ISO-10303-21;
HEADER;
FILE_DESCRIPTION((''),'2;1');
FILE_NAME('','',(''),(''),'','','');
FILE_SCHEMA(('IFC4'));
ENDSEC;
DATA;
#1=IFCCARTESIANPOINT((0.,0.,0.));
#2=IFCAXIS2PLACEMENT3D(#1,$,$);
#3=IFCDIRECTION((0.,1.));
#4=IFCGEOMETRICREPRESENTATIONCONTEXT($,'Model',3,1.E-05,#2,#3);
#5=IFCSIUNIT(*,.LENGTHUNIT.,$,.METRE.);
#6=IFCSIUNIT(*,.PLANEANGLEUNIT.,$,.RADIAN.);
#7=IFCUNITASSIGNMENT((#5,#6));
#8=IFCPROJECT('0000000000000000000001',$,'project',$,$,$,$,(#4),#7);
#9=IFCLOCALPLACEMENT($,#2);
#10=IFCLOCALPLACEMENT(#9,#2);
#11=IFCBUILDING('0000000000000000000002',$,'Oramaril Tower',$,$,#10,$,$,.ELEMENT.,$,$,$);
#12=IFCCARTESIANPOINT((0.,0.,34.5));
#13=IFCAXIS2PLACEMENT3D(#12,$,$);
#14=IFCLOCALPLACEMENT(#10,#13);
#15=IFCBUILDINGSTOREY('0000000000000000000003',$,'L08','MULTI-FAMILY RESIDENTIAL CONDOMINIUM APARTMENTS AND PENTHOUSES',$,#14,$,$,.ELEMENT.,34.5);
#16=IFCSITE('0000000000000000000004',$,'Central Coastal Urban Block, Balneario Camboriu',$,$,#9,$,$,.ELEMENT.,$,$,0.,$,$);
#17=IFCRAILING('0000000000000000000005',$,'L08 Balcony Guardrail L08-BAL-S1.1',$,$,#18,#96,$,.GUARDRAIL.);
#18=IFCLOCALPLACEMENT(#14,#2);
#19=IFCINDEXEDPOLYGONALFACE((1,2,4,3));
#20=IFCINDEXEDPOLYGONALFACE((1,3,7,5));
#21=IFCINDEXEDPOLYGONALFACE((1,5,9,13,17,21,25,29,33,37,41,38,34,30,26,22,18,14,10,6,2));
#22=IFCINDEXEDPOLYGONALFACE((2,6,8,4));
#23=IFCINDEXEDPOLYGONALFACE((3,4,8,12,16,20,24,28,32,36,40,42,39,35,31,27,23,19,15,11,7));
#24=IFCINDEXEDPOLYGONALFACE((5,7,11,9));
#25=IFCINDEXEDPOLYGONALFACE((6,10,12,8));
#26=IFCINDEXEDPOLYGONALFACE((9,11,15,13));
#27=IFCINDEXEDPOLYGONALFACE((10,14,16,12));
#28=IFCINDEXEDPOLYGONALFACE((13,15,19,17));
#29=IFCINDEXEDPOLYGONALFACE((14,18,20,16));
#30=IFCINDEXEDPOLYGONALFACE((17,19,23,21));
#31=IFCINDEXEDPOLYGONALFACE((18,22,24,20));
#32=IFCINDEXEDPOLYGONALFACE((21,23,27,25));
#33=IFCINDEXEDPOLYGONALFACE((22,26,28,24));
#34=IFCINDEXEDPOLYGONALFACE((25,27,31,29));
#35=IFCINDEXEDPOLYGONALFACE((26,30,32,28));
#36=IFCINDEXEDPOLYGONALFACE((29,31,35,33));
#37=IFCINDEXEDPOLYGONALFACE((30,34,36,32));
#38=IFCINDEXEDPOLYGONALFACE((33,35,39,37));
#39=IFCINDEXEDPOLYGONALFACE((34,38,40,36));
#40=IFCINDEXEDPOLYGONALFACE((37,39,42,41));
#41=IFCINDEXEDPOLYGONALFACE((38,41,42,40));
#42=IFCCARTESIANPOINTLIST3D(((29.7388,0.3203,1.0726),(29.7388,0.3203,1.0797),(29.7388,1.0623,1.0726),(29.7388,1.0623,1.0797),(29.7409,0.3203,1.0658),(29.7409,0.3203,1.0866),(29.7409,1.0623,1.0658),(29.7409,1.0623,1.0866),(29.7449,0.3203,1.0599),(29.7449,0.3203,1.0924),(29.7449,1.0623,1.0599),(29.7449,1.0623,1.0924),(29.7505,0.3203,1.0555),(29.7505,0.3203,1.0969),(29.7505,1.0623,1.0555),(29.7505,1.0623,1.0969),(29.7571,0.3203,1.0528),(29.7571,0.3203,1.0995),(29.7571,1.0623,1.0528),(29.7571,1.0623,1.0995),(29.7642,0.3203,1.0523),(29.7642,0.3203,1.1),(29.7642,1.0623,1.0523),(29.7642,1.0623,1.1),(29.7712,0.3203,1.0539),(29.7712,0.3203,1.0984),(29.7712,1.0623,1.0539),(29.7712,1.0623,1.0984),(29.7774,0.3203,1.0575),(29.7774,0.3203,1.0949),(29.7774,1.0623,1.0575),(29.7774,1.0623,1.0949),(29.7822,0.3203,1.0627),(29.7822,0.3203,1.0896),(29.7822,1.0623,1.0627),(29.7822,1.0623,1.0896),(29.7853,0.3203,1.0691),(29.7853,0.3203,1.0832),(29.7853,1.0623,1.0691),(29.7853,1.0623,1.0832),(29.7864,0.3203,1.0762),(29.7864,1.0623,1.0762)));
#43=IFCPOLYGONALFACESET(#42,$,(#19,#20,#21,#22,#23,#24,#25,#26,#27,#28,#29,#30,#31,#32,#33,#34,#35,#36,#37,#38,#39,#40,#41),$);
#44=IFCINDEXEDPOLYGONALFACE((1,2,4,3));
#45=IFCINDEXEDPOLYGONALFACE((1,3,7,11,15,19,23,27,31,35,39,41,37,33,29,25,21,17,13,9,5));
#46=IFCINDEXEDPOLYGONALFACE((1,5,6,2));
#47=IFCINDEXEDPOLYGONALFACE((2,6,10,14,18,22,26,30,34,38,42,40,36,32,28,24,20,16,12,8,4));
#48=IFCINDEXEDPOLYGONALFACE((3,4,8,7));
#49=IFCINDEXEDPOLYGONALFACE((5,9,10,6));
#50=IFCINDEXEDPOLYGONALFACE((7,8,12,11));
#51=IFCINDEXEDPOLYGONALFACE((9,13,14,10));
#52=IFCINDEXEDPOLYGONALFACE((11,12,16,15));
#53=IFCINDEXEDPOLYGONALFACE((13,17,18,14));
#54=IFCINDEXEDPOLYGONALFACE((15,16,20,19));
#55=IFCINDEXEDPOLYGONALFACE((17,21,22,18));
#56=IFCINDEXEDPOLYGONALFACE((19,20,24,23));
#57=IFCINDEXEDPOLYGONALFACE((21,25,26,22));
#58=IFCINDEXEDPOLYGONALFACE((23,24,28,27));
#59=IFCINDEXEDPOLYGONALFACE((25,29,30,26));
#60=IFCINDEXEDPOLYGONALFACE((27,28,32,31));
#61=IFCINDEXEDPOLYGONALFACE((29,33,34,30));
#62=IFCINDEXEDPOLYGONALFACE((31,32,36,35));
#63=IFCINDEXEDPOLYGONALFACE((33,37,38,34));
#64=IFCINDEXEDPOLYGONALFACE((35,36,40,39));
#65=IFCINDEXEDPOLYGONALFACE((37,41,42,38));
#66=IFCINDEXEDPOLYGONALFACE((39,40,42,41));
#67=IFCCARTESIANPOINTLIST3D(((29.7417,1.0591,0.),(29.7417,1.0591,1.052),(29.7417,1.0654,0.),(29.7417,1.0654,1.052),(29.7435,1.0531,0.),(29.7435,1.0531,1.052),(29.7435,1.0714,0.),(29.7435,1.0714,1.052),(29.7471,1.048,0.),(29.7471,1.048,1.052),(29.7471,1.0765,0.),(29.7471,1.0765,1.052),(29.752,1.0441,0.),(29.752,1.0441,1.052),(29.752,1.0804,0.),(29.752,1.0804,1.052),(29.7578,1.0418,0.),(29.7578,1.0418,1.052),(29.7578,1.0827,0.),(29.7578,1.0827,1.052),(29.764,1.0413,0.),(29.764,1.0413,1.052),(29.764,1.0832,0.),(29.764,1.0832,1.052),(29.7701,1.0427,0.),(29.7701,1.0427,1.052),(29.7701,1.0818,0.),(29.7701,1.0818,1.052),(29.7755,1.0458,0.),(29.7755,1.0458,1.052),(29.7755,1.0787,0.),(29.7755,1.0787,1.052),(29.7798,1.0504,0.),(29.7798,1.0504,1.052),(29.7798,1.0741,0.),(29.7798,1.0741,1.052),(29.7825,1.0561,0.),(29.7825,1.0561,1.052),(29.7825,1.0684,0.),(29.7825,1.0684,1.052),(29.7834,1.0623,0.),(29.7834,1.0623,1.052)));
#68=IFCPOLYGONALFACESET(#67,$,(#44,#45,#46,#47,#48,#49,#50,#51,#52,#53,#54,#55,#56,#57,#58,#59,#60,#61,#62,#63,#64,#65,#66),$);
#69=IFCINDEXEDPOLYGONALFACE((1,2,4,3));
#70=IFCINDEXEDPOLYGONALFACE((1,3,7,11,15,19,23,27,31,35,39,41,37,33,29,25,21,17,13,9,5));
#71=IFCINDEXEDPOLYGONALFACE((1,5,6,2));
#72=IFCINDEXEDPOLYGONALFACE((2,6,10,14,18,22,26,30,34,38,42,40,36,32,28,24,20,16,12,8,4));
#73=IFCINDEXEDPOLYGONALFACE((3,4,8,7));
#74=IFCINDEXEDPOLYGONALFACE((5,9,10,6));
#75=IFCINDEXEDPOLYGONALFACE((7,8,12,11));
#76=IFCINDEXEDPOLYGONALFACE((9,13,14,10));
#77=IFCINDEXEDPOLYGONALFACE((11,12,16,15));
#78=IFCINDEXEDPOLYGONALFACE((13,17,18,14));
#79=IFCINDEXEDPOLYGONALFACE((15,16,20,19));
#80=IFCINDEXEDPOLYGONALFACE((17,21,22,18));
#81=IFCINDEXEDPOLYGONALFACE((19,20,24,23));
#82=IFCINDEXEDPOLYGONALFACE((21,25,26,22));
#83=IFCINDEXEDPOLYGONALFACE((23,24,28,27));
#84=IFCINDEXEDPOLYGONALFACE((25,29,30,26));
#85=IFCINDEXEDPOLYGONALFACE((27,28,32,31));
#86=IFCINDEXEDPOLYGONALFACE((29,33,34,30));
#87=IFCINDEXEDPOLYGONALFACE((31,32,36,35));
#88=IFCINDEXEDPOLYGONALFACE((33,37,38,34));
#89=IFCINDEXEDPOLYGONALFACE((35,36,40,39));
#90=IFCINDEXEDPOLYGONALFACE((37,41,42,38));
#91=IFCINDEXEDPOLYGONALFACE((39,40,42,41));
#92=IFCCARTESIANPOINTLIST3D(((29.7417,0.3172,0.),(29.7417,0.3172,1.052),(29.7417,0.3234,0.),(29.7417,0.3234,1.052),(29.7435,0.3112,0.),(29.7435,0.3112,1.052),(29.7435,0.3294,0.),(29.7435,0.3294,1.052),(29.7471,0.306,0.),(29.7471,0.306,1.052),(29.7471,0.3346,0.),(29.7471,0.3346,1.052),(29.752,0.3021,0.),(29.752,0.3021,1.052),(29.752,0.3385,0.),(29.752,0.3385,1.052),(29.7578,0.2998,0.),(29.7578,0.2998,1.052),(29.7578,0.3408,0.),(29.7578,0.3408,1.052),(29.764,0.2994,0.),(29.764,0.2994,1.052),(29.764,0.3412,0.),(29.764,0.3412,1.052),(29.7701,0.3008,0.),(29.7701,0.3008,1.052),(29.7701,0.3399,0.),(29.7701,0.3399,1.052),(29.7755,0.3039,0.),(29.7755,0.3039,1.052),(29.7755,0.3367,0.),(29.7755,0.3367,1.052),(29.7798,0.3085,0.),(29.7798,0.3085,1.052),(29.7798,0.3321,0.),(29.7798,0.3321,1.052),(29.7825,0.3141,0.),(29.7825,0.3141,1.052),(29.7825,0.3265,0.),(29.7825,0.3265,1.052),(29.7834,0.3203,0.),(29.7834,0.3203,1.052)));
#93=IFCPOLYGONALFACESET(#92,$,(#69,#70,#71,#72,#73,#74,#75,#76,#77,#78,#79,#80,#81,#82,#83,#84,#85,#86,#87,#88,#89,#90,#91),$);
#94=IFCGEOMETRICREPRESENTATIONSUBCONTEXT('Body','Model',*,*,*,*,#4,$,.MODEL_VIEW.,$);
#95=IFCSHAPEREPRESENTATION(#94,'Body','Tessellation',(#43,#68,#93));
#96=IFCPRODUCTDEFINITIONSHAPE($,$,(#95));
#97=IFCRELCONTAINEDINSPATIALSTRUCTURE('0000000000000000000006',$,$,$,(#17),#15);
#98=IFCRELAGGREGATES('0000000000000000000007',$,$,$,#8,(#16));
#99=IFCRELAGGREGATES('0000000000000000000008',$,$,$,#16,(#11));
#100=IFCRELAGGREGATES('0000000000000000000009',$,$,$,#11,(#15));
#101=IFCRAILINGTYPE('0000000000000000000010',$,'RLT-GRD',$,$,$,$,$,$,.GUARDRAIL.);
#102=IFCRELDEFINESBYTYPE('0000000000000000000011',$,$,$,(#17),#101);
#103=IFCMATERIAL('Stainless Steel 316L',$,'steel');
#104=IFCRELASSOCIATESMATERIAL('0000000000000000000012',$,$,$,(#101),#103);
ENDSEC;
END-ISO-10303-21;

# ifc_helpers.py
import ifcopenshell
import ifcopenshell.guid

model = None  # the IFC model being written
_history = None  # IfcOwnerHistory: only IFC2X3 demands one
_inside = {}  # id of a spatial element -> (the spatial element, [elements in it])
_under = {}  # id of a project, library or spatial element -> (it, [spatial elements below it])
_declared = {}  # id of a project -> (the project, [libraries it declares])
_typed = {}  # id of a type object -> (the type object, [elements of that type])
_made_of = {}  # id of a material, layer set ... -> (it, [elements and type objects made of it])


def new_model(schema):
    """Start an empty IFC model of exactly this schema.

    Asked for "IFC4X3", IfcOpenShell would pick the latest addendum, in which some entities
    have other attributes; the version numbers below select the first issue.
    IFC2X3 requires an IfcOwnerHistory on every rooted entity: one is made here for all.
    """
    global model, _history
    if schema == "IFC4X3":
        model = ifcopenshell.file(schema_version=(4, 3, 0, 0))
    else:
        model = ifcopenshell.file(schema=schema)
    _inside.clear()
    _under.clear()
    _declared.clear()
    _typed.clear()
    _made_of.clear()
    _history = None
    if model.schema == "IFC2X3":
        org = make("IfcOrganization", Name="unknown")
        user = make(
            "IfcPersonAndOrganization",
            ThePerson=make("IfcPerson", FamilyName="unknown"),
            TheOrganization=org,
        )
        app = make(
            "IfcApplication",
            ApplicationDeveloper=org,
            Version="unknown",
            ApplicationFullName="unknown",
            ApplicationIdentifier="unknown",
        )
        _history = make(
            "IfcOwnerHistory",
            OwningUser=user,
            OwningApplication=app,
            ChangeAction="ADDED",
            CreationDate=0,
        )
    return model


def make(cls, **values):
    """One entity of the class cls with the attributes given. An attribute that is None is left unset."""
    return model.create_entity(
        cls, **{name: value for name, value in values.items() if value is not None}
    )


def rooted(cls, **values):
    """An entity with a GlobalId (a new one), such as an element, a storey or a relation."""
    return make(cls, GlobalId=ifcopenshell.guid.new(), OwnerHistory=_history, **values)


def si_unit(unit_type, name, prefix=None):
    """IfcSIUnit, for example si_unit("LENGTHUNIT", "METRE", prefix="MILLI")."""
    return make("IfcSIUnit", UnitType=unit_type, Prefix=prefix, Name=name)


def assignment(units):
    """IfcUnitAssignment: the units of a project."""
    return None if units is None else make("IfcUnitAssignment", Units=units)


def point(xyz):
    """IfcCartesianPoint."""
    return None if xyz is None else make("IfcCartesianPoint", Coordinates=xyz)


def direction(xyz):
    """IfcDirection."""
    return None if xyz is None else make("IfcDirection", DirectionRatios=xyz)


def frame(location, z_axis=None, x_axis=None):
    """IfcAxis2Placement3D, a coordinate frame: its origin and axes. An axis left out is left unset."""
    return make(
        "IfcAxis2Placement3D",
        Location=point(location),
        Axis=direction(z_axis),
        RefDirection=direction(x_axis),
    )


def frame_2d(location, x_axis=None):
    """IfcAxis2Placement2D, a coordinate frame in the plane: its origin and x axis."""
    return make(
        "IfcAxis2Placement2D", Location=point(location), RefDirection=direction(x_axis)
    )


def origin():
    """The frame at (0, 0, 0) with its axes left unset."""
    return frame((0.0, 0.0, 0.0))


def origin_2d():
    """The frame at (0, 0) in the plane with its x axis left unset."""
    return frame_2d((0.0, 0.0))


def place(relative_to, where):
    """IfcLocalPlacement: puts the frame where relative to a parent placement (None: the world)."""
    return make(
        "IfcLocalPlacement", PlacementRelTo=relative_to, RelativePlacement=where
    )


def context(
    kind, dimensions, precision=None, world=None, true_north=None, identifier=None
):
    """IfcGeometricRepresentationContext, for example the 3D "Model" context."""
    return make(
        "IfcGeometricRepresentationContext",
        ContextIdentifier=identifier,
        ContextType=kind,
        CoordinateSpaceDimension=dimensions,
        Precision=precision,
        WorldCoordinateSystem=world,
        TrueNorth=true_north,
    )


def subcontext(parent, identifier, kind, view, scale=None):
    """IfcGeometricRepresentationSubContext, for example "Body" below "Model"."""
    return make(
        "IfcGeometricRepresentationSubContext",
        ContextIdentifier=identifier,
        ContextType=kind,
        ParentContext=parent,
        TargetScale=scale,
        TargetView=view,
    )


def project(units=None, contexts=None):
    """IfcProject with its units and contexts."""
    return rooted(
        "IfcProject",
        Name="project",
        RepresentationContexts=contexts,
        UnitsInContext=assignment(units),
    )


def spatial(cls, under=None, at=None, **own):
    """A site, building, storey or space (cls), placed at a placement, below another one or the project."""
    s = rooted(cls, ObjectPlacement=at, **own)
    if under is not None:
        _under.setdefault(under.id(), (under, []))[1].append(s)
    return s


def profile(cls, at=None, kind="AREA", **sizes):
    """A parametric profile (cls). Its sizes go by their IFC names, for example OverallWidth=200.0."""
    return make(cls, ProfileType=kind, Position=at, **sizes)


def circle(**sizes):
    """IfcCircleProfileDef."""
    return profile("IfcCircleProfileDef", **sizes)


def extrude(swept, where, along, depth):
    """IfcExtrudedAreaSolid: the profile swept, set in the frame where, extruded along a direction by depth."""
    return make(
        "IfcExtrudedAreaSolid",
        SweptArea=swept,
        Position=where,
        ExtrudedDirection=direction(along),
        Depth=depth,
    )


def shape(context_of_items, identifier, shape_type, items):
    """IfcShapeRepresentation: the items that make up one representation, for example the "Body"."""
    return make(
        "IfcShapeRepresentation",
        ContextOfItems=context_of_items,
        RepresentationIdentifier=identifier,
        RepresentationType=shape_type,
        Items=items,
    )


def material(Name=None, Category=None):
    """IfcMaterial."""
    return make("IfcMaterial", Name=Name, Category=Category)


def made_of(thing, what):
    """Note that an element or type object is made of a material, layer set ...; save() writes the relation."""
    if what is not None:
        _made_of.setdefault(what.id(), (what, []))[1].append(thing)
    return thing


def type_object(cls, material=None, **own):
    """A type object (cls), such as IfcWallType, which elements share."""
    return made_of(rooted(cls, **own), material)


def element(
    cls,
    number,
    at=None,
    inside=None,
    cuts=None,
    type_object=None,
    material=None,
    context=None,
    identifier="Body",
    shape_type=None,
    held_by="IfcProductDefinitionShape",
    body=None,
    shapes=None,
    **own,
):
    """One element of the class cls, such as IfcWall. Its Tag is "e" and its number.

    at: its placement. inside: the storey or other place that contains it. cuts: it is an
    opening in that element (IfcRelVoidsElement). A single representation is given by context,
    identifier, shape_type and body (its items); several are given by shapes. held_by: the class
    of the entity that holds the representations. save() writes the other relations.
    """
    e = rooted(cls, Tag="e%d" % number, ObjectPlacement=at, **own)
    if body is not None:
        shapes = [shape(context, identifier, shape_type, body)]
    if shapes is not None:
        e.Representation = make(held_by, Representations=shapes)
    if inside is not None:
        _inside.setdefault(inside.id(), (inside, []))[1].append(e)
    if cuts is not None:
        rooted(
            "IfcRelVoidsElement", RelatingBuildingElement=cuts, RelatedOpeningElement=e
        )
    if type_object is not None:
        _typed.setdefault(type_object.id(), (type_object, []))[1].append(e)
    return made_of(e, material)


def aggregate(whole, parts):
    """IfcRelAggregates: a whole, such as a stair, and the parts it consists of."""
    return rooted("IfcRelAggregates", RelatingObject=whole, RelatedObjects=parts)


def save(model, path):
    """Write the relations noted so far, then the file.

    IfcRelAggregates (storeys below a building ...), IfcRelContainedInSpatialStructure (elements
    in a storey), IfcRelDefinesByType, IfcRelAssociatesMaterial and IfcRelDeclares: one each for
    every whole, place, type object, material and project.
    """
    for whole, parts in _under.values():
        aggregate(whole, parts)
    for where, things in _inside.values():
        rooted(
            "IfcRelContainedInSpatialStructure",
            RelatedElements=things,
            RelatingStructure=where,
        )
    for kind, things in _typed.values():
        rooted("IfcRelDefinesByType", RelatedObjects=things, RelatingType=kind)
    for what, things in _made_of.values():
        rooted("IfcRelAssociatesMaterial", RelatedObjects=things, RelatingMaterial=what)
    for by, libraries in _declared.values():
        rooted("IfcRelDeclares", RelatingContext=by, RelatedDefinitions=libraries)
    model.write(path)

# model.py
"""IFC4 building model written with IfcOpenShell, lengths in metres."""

from ifc_helpers import new_model, si_unit, direction, frame, origin, origin_2d, place, context, subcontext, project, spatial, circle, extrude, material, type_object, element, save


model = new_model("IFC4")

# Units and contexts
model_context = context("Model", 3, precision=1e-05, world=origin(), true_north=direction((0.0, 1.0)))
body_context = subcontext(model_context, "Body", "Model", "MODEL_VIEW")
ifc_project = project(units=[si_unit("LENGTHUNIT", "METRE"), si_unit("PLANEANGLEUNIT", "RADIAN")], contexts=[model_context])

# Site, building, storey
site_placement = place(None, origin())
site = spatial("IfcSite", under=ifc_project, at=site_placement, Name="Central Coastal Urban Block, Balneario Camboriu", CompositionType="ELEMENT", RefElevation=0.0)
building_placement = place(site_placement, origin())
building = spatial("IfcBuilding", under=site, at=building_placement, Name="Oramaril Tower", CompositionType="ELEMENT")
storey_placement = place(building_placement, frame((0.0, 0.0, 34.5)))
storey = spatial("IfcBuildingStorey", under=building, at=storey_placement, Name="L08", Description="MULTI-FAMILY RESIDENTIAL CONDOMINIUM APARTMENTS AND PENTHOUSES", CompositionType="ELEMENT", Elevation=34.5)

# Railing
ifc_material_1 = material(Name="Stainless Steel 316L", Category="steel")
railing_type = type_object("IfcRailingType", Name="RLT-GRD", PredefinedType="GUARDRAIL", material=ifc_material_1)
railing_1_placement = place(storey_placement, frame((29.7625, 1.0623, 0.0)))
element("IfcRailing", 1, at=railing_1_placement, inside=storey, type_object=railing_type, Name="L08 Balcony Guardrail L08-BAL-S1.1", PredefinedType="GUARDRAIL", context=body_context, shape_type="SweptSolid", body=[
    extrude(circle(Radius=0.0239, at=origin_2d()), frame((0.0, 0.0, 1.0762), z_axis=(0.0, -1.0, 0.0), x_axis=(1.0, 0.0, 0.0)), (0.0, 0.0, 1.0), 0.7419),
    extrude(circle(Radius=0.021, at=origin_2d()), origin(), (0.0, 0.0, 1.0), 1.052),
    extrude(circle(Radius=0.021, at=origin_2d()), frame((0.0, -0.7419, 0.0)), (0.0, 0.0, 1.0), 1.052),
])

save(model, "model.ifc")
